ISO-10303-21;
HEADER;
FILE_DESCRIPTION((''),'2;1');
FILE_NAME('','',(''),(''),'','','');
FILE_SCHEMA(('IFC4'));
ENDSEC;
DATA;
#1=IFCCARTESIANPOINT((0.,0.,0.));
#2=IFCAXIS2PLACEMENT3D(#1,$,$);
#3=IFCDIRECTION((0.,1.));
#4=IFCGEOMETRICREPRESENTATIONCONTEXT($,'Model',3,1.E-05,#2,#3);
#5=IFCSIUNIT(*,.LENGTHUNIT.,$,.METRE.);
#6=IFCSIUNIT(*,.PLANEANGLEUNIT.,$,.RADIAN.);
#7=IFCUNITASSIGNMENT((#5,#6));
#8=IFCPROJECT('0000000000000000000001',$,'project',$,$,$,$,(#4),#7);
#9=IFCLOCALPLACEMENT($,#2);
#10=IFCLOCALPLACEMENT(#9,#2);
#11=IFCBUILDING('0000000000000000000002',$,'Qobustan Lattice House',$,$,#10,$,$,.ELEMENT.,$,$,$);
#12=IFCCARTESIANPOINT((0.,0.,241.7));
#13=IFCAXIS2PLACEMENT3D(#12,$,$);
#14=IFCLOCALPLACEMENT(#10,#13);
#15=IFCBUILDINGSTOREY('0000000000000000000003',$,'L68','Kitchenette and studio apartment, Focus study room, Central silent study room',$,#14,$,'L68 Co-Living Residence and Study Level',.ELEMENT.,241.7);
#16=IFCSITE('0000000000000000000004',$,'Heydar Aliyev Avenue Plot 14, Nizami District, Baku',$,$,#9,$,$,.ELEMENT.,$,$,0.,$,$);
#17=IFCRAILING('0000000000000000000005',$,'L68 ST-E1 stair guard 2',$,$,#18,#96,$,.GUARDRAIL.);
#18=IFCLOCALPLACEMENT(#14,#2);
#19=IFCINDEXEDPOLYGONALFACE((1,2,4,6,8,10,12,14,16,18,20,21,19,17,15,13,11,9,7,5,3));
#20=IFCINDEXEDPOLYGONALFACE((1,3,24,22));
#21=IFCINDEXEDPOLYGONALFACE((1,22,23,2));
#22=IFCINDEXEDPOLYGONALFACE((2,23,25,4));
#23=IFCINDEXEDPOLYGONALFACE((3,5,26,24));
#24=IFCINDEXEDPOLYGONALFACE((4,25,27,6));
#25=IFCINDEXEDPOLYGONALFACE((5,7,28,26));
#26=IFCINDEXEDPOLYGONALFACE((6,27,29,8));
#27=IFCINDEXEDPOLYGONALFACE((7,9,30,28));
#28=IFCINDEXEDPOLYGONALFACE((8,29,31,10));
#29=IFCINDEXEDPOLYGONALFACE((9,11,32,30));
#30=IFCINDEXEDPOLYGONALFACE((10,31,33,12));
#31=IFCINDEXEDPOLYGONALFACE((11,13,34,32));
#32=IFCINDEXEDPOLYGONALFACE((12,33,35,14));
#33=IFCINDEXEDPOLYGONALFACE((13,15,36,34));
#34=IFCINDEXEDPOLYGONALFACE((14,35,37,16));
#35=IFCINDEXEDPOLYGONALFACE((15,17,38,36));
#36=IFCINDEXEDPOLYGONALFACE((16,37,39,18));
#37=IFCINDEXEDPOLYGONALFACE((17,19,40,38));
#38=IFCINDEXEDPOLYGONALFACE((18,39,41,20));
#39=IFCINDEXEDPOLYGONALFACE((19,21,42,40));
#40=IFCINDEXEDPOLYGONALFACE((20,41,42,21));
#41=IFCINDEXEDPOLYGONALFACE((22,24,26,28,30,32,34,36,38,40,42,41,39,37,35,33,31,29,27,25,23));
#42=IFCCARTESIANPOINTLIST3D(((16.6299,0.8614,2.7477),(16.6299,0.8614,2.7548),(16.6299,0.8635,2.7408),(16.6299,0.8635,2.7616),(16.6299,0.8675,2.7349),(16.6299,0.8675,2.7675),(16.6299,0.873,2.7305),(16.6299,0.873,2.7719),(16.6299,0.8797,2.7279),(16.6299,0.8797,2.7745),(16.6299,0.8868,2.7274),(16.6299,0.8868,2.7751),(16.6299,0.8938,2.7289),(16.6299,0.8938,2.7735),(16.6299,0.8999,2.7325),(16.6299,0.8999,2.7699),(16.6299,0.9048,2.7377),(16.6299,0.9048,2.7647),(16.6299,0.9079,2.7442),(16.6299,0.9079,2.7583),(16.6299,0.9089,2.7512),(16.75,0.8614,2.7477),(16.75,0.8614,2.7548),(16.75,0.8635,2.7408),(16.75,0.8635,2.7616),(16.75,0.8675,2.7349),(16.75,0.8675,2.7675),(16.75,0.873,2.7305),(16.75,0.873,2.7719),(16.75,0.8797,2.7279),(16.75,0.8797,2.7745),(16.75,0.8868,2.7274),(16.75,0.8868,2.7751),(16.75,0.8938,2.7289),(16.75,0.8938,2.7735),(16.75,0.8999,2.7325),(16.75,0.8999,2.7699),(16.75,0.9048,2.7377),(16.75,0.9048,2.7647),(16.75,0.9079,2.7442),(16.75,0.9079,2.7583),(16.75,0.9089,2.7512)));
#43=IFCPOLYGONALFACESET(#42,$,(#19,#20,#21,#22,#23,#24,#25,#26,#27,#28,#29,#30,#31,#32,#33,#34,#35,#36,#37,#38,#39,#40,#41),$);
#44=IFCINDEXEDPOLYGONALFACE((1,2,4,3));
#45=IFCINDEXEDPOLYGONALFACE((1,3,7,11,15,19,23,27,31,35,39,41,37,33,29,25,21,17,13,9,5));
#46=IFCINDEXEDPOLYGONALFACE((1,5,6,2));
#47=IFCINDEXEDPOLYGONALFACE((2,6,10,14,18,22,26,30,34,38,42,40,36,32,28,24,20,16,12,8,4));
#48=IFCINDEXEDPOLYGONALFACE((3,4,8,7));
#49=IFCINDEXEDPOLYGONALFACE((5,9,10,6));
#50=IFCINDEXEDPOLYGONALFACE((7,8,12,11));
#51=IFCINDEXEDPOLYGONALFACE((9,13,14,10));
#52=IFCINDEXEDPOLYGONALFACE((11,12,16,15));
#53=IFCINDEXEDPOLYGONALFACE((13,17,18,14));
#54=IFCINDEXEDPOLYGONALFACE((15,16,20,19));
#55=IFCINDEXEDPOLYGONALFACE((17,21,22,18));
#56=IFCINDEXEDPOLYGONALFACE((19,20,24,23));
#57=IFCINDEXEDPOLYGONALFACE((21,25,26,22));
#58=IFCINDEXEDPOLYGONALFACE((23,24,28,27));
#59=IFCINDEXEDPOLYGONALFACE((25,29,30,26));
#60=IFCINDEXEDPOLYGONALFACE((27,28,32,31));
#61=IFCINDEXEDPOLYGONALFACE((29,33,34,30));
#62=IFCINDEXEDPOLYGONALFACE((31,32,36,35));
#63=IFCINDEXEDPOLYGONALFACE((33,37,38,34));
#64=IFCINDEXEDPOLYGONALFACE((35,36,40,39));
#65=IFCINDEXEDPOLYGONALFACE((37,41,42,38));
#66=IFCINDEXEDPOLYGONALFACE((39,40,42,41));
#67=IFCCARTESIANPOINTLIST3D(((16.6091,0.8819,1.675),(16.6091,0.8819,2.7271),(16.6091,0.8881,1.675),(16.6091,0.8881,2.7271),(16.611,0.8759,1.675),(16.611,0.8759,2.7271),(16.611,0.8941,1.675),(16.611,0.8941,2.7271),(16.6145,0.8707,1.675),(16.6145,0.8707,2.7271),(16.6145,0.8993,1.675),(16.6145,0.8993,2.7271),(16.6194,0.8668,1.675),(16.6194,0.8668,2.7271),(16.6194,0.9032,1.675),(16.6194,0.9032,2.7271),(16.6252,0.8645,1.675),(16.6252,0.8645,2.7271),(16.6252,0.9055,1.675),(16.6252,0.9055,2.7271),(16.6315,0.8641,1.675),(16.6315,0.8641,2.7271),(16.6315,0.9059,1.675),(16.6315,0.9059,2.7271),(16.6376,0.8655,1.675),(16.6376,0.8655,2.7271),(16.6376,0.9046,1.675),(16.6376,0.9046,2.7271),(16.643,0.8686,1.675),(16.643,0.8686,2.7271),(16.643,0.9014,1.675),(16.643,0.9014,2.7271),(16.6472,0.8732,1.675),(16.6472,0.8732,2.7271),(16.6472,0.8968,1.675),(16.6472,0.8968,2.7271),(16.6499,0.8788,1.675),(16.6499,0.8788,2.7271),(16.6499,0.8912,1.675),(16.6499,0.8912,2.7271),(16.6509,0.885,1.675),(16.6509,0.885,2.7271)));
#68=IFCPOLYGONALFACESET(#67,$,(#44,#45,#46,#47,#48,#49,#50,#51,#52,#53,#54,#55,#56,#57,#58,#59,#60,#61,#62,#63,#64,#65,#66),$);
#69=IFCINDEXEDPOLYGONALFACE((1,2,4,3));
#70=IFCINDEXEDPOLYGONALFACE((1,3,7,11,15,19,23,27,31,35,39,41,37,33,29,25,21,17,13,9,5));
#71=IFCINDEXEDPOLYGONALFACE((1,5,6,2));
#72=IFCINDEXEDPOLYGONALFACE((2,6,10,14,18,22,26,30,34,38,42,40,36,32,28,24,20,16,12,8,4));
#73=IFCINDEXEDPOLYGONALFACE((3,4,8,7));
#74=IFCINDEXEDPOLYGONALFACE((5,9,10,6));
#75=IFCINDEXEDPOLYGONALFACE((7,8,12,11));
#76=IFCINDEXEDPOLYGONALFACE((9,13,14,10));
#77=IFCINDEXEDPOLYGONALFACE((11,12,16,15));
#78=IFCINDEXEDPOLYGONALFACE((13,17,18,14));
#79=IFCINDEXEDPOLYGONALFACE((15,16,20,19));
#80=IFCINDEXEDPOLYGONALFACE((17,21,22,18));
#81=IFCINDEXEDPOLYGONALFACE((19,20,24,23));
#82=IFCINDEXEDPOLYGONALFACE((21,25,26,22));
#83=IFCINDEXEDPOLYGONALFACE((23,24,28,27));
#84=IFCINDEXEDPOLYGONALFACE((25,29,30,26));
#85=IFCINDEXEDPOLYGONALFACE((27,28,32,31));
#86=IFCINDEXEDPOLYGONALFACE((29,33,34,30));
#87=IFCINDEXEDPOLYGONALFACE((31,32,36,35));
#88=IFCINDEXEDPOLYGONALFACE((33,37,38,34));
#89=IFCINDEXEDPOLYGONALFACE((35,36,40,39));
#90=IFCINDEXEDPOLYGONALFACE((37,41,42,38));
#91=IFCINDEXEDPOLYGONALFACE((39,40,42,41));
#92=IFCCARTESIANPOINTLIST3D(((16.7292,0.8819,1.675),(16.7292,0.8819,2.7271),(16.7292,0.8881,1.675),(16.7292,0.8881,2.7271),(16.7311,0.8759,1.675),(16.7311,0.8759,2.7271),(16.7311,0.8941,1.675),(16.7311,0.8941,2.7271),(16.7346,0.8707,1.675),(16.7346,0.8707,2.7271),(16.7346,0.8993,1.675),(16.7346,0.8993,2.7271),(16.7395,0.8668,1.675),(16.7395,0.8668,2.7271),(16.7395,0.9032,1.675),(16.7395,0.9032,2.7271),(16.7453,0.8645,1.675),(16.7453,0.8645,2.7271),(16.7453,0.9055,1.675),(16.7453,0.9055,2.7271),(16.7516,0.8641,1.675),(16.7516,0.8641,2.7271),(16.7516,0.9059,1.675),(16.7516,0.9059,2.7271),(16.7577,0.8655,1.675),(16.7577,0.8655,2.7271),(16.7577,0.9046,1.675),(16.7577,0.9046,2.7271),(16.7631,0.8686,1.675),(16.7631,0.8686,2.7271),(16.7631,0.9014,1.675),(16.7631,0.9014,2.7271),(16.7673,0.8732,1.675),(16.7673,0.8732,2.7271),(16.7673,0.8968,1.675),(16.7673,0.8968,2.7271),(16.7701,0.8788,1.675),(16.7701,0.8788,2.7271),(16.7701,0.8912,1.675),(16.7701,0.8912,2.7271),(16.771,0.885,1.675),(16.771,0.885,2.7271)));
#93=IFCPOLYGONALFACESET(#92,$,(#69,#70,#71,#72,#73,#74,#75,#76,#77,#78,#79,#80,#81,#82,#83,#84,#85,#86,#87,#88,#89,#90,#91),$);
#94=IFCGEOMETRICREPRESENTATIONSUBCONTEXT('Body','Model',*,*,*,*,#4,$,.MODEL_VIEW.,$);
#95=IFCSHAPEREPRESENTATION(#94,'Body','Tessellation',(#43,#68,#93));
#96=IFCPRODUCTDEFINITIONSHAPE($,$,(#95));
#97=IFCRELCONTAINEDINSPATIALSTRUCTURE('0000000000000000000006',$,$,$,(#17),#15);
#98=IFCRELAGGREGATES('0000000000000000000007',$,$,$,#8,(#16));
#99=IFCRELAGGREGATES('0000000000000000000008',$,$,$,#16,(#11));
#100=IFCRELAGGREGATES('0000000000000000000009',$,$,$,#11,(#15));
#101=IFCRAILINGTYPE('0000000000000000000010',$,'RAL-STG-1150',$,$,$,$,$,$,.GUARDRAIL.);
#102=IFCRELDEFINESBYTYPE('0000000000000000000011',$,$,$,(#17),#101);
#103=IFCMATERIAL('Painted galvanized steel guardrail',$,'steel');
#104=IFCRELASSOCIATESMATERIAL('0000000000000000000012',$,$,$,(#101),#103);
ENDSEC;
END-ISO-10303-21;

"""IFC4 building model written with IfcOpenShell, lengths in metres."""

from ifc_helpers import new_model, si_unit, direction, frame, origin, origin_2d, place, context, subcontext, project, spatial, circle, extrude, material, type_object, element, save


model = new_model("IFC4")

# Units and contexts
model_context = context("Model", 3, precision=1e-05, world=origin(), true_north=direction((0.0, 1.0)))
body_context = subcontext(model_context, "Body", "Model", "MODEL_VIEW")
ifc_project = project(units=[si_unit("LENGTHUNIT", "METRE"), si_unit("PLANEANGLEUNIT", "RADIAN")], contexts=[model_context])

# Site, building, storey
site_placement = place(None, origin())
site = spatial("IfcSite", under=ifc_project, at=site_placement, Name="Heydar Aliyev Avenue Plot 14, Nizami District, Baku", CompositionType="ELEMENT", RefElevation=0.0)
building_placement = place(site_placement, origin())
building = spatial("IfcBuilding", under=site, at=building_placement, Name="Qobustan Lattice House", CompositionType="ELEMENT")
storey_placement = place(building_placement, frame((0.0, 0.0, 241.7)))
storey = spatial("IfcBuildingStorey", under=building, at=storey_placement, Name="L68", Description="Kitchenette and studio apartment, Focus study room, Central silent study room", LongName="L68 Co-Living Residence and Study Level", CompositionType="ELEMENT", Elevation=241.7)

# Railing
ifc_material_1 = material(Name="Painted galvanized steel guardrail", Category="steel")
railing_type_1 = type_object("IfcRailingType", Name="RAL-STG-1150", PredefinedType="GUARDRAIL", material=ifc_material_1)
railing_1_placement = place(storey_placement, frame((16.6299, 0.885, 1.675)))
element("IfcRailing", 1, at=railing_1_placement, inside=storey, type_object=railing_type_1, Name="L68 ST-E1 stair guard 2", PredefinedType="GUARDRAIL", context=body_context, shape_type="SweptSolid", body=[
    extrude(circle(Radius=0.0239, at=origin_2d()), frame((0.0, 0.0, 1.0762), z_axis=(1.0, 0.0, 0.0), x_axis=(0.0, 1.0, 0.0)), (0.0, 0.0, 1.0), 0.1201),
    extrude(circle(Radius=0.021, at=origin_2d()), origin(), (0.0, 0.0, 1.0), 1.052),
    extrude(circle(Radius=0.021, at=origin_2d()), frame((0.1201, 0.0, 0.0)), (0.0, 0.0, 1.0), 1.052),
])

save(model, "model.ifc")
